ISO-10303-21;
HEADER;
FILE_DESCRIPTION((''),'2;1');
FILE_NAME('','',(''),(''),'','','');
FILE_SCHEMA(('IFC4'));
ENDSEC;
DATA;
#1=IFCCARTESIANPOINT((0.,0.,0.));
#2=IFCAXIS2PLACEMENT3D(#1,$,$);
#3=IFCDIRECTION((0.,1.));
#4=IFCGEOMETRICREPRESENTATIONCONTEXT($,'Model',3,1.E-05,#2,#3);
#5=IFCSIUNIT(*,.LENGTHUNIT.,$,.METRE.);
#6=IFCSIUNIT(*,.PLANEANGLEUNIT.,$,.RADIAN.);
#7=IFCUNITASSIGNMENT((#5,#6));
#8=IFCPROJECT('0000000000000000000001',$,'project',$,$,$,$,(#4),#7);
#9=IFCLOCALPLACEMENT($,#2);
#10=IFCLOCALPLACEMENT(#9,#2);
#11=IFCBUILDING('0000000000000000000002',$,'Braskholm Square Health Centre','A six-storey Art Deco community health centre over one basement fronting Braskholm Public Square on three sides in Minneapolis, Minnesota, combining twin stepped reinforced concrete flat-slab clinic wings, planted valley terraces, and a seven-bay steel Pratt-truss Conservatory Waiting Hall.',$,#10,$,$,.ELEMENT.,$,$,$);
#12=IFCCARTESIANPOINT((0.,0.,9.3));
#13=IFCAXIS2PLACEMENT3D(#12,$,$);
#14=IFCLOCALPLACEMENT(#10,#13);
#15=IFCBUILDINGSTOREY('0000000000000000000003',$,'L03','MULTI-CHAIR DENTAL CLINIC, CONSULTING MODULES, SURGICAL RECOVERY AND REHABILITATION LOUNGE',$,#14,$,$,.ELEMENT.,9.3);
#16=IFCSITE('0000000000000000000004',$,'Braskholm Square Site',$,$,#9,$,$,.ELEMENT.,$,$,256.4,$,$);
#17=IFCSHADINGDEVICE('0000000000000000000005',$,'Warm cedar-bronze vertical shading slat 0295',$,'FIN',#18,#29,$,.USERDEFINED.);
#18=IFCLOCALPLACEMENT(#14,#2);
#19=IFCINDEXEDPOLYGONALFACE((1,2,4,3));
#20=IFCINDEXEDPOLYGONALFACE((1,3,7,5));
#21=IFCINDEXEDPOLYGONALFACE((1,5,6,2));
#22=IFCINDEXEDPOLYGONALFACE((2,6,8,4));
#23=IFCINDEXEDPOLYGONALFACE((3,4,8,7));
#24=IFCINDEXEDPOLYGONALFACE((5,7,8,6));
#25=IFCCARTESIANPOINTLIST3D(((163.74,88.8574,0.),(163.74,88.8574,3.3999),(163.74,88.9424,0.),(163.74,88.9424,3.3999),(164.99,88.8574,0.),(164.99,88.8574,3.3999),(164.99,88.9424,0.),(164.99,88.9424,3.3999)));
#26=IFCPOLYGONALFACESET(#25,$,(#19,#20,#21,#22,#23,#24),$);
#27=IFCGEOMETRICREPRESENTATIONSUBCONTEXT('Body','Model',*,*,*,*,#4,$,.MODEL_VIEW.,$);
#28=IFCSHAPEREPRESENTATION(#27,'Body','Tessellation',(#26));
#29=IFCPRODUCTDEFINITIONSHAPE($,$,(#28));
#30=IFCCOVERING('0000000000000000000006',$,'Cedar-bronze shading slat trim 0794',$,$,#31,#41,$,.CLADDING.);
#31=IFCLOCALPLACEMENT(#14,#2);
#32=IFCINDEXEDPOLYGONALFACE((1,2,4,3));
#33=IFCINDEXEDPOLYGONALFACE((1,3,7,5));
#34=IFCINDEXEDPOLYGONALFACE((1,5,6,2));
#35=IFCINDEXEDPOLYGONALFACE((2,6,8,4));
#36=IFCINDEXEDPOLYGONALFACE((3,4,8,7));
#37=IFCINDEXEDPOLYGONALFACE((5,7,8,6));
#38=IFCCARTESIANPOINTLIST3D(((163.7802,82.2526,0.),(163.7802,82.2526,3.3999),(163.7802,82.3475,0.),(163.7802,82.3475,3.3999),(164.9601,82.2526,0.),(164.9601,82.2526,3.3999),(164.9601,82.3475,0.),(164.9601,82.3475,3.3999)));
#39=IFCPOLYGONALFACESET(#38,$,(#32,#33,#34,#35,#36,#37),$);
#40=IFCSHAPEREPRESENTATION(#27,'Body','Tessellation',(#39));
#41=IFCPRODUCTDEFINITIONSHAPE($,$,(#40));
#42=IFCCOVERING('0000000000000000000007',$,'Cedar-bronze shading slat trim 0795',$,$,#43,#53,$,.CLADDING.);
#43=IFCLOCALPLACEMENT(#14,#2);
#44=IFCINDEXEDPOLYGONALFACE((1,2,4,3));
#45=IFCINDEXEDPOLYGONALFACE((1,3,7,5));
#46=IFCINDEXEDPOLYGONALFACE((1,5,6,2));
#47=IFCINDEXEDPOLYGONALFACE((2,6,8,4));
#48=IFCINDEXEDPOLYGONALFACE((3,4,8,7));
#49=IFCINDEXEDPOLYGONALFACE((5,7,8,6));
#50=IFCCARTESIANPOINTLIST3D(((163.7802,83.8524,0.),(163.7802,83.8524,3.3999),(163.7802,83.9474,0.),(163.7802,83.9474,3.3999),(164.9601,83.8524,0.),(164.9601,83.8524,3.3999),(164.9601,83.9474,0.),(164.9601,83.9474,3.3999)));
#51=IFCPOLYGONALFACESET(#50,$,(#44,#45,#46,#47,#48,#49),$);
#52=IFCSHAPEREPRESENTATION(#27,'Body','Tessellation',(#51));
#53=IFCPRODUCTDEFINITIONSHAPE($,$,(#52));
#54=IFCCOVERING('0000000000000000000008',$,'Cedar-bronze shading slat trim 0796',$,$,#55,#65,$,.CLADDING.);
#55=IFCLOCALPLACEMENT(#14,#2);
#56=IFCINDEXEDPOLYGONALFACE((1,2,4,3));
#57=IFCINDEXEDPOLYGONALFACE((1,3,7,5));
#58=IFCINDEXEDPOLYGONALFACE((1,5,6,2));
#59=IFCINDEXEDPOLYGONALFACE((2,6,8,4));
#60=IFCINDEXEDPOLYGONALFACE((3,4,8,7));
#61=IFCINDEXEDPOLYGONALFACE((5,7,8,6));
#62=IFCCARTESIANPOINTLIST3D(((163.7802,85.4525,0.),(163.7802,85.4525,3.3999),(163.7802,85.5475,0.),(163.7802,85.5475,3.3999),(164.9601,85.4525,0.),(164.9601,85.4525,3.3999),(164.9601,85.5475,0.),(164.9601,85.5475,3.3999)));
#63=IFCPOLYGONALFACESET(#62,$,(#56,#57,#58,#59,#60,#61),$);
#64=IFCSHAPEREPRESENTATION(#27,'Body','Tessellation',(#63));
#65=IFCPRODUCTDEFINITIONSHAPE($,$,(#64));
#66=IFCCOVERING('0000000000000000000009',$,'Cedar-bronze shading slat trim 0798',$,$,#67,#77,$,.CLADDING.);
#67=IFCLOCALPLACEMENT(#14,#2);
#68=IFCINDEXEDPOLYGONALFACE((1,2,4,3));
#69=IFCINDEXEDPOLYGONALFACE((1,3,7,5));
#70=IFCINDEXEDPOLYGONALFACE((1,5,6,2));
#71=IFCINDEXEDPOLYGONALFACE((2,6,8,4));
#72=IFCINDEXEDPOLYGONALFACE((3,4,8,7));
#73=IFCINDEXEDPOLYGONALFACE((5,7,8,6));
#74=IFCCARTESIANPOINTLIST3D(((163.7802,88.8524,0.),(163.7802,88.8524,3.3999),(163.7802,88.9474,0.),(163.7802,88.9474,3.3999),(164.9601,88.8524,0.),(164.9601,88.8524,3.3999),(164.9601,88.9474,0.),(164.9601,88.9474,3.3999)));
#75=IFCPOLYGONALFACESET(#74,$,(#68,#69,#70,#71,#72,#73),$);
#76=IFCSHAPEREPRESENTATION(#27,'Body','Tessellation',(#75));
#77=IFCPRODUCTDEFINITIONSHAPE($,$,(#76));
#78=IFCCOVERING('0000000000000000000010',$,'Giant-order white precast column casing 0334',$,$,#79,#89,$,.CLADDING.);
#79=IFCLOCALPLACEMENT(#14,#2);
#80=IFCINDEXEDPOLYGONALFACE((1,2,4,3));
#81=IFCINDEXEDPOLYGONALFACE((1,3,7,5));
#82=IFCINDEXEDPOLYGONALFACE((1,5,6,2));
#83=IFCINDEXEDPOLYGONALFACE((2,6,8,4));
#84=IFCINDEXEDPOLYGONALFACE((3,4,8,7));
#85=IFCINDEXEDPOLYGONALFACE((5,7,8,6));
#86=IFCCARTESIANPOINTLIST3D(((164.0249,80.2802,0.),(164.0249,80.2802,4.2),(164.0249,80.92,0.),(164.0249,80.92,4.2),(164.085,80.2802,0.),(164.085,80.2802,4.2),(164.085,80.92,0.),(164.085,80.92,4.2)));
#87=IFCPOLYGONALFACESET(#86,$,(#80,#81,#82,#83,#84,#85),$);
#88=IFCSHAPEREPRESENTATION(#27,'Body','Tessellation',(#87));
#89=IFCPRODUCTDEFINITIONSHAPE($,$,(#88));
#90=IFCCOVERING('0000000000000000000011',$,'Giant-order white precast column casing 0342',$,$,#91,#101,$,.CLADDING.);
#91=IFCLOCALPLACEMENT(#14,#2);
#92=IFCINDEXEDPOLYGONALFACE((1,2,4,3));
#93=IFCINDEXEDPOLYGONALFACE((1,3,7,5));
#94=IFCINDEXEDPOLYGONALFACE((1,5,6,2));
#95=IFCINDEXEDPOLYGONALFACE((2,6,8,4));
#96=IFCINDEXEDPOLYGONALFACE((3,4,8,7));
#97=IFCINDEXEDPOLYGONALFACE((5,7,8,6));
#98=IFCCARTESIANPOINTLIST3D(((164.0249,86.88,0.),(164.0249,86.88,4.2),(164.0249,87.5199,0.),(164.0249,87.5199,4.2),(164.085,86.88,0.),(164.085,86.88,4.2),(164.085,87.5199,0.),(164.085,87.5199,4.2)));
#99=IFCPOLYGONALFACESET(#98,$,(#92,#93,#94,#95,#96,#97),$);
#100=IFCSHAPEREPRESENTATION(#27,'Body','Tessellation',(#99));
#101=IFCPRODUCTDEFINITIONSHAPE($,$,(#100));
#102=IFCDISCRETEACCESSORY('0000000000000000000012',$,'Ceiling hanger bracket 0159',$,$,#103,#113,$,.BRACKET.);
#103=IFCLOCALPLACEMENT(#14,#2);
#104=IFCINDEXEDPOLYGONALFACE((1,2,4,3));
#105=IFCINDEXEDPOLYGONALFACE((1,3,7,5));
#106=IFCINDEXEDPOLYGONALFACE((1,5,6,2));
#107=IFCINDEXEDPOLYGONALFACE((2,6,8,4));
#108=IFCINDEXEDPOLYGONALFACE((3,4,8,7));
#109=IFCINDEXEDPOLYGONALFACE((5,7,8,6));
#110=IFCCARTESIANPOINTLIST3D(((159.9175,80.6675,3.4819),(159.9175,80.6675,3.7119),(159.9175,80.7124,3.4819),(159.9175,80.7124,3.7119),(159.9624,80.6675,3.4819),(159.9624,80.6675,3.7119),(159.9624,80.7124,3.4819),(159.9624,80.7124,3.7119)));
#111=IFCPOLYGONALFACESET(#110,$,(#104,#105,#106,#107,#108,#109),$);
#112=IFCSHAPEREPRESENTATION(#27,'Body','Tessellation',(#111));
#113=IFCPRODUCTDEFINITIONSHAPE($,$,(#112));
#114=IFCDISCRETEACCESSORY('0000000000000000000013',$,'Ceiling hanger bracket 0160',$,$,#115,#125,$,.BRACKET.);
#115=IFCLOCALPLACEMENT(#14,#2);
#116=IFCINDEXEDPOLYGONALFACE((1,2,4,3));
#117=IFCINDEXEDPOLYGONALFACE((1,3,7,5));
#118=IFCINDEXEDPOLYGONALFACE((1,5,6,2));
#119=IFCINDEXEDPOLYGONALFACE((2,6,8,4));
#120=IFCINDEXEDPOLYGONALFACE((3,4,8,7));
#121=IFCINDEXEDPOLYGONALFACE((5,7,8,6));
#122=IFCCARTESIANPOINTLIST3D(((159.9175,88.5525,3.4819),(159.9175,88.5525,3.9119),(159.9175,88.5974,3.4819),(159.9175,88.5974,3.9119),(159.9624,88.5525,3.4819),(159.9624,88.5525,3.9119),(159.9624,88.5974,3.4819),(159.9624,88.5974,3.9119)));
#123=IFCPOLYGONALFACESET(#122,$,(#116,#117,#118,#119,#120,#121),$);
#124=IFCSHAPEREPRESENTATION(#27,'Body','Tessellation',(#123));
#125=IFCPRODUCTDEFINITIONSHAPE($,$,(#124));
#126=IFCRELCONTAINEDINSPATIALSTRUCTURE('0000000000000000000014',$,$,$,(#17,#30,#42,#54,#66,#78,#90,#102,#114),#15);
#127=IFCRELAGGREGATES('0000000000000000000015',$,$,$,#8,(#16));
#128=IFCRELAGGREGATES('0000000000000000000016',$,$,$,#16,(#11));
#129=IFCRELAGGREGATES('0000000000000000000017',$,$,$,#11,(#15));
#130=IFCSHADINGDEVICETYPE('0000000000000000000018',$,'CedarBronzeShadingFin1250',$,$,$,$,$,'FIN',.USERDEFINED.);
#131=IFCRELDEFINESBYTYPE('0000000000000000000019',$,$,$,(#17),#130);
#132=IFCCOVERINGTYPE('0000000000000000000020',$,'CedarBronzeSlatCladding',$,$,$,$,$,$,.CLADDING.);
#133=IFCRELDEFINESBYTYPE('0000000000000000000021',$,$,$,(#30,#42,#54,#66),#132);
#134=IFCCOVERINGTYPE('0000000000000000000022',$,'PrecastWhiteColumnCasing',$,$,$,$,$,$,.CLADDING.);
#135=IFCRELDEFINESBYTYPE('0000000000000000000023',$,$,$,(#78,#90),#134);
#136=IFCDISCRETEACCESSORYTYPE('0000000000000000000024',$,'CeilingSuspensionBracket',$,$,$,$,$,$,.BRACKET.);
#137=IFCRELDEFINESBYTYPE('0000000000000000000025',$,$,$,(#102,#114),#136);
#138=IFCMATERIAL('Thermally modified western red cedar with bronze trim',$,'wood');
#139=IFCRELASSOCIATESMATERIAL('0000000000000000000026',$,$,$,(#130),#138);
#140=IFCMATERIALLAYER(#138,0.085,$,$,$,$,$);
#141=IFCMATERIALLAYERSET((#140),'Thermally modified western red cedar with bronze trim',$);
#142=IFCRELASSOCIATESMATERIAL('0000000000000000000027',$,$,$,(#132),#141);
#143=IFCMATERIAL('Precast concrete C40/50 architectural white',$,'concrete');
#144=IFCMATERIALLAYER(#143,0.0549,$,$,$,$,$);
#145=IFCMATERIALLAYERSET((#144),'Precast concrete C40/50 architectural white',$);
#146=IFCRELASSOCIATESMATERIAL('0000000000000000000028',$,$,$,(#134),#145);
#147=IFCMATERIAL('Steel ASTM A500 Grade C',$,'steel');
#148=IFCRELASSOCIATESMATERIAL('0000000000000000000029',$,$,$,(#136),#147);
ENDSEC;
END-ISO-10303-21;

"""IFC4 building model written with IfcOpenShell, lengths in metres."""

from ifc_helpers import new_model, si_unit, direction, frame, origin, origin_2d, place, context, subcontext, project, spatial, rectangle, extrude, material, layer, layer_set, type_object, element, save


model = new_model("IFC4")

# Units and contexts
model_context = context("Model", 3, precision=1e-05, world=origin(), true_north=direction((0.0, 1.0)))
body_context = subcontext(model_context, "Body", "Model", "MODEL_VIEW")
ifc_project = project(units=[si_unit("LENGTHUNIT", "METRE"), si_unit("PLANEANGLEUNIT", "RADIAN")], contexts=[model_context])

# Site, building, storey
site_placement = place(None, origin())
site = spatial("IfcSite", under=ifc_project, at=site_placement, Name="Braskholm Square Site", CompositionType="ELEMENT", RefElevation=256.4)
building_placement = place(site_placement, origin())
building = spatial("IfcBuilding", under=site, at=building_placement, Name="Braskholm Square Health Centre", Description="A six-storey Art Deco community health centre over one basement fronting Braskholm Public Square on three sides in Minneapolis, Minnesota, combining twin stepped reinforced concrete flat-slab clinic wings, planted valley terraces, and a seven-bay steel Pratt-truss Conservatory Waiting Hall.", CompositionType="ELEMENT")
storey_placement = place(building_placement, frame((0.0, 0.0, 9.3)))
storey = spatial("IfcBuildingStorey", under=building, at=storey_placement, Name="L03", Description="MULTI-CHAIR DENTAL CLINIC, CONSULTING MODULES, SURGICAL RECOVERY AND REHABILITATION LOUNGE", CompositionType="ELEMENT", Elevation=9.3)

# Shared definitions
ifc_material_1 = material(Name="Precast concrete C40/50 architectural white", Category="concrete")

# Shading device
ifc_material_2 = material(Name="Thermally modified western red cedar with bronze trim", Category="wood")
shading_device_type = type_object("IfcShadingDeviceType", Name="CedarBronzeShadingFin1250", ElementType="FIN", PredefinedType="USERDEFINED", material=ifc_material_2)
for number, where, z_axis, x_axis, name in (
    (1, (164.365, 88.8999, 0.0), (0.0, 0.0, 1.0), (1.0, 0.0, 0.0), "Warm cedar-bronze vertical shading slat 0295"),
):
    element("IfcShadingDevice", number, at=place(storey_placement, frame(where, z_axis=z_axis, x_axis=x_axis)), inside=storey, type_object=shading_device_type, Name=name, ObjectType="FIN", PredefinedType="USERDEFINED", context=body_context, shape_type="SweptSolid", body=[
        extrude(rectangle(XDim=1.25, YDim=0.085, at=origin_2d()), origin(), (0.0, 0.0, 1.0), 3.3999),
    ])

# Coverings
ifc_layer_1 = layer(ifc_material_2, 0.085)
ifc_layer_set_1 = layer_set([ifc_layer_1], Name="Thermally modified western red cedar with bronze trim")
covering_type_1 = type_object("IfcCoveringType", Name="CedarBronzeSlatCladding", PredefinedType="CLADDING", material=ifc_layer_set_1)
for number, where, z_axis, x_axis, name in (
    (2, (164.3701, 82.3, 0.0), (0.0, 0.0, 1.0), (1.0, 0.0, 0.0), "Cedar-bronze shading slat trim 0794"),
    (3, (164.3701, 83.8999, 0.0), (0.0, 0.0, 1.0), (1.0, 0.0, 0.0), "Cedar-bronze shading slat trim 0795"),
    (4, (164.3701, 85.5, 0.0), (0.0, 0.0, 1.0), (1.0, 0.0, 0.0), "Cedar-bronze shading slat trim 0796"),
    (5, (164.3701, 88.8999, 0.0), (0.0, 0.0, 1.0), (1.0, 0.0, 0.0), "Cedar-bronze shading slat trim 0798"),
):
    element("IfcCovering", number, at=place(storey_placement, frame(where, z_axis=z_axis, x_axis=x_axis)), inside=storey, type_object=covering_type_1, Name=name, PredefinedType="CLADDING", context=body_context, shape_type="SweptSolid", body=[
        extrude(rectangle(XDim=1.1799, YDim=0.095, at=origin_2d()), origin(), (0.0, 0.0, 1.0), 3.3999),
    ])
ifc_layer_2 = layer(ifc_material_1, 0.0549)
ifc_layer_set_2 = layer_set([ifc_layer_2], Name="Precast concrete C40/50 architectural white")
covering_type_2 = type_object("IfcCoveringType", Name="PrecastWhiteColumnCasing", PredefinedType="CLADDING", material=ifc_layer_set_2)
for number, where, z_axis, x_axis, name in (
    (6, (164.0549, 80.6001, 0.0), (0.0, 0.0, 1.0), (1.0, 0.0, 0.0), "Giant-order white precast column casing 0334"),
    (7, (164.0549, 87.2, 0.0), (0.0, 0.0, 1.0), (1.0, 0.0, 0.0), "Giant-order white precast column casing 0342"),
):
    element("IfcCovering", number, at=place(storey_placement, frame(where, z_axis=z_axis, x_axis=x_axis)), inside=storey, type_object=covering_type_2, Name=name, PredefinedType="CLADDING", context=body_context, shape_type="SweptSolid", body=[
        extrude(rectangle(XDim=0.0601, YDim=0.6399, at=origin_2d()), origin(), (0.0, 0.0, 1.0), 4.2),
    ])

# Discrete accessories
ifc_material_3 = material(Name="Steel ASTM A500 Grade C", Category="steel")
discrete_accessory_type = type_object("IfcDiscreteAccessoryType", Name="CeilingSuspensionBracket", PredefinedType="BRACKET", material=ifc_material_3)
discrete_accessory_1_placement = place(storey_placement, frame((159.9399, 80.6899, 3.4819), z_axis=(0.0, 0.0, 1.0), x_axis=(1.0, 0.0, 0.0)))
element("IfcDiscreteAccessory", 8, at=discrete_accessory_1_placement, inside=storey, type_object=discrete_accessory_type, Name="Ceiling hanger bracket 0159", PredefinedType="BRACKET", context=body_context, shape_type="SweptSolid", body=[
    extrude(rectangle(XDim=0.0449, YDim=0.0449, at=origin_2d()), origin(), (0.0, 0.0, 1.0), 0.23),
])
discrete_accessory_2_placement = place(storey_placement, frame((159.9399, 88.575, 3.4819), z_axis=(0.0, 0.0, 1.0), x_axis=(1.0, 0.0, 0.0)))
element("IfcDiscreteAccessory", 9, at=discrete_accessory_2_placement, inside=storey, type_object=discrete_accessory_type, Name="Ceiling hanger bracket 0160", PredefinedType="BRACKET", context=body_context, shape_type="SweptSolid", body=[
    extrude(rectangle(XDim=0.0449, YDim=0.0449, at=origin_2d()), origin(), (0.0, 0.0, 1.0), 0.4299),
])

save(model, "model.ifc")
